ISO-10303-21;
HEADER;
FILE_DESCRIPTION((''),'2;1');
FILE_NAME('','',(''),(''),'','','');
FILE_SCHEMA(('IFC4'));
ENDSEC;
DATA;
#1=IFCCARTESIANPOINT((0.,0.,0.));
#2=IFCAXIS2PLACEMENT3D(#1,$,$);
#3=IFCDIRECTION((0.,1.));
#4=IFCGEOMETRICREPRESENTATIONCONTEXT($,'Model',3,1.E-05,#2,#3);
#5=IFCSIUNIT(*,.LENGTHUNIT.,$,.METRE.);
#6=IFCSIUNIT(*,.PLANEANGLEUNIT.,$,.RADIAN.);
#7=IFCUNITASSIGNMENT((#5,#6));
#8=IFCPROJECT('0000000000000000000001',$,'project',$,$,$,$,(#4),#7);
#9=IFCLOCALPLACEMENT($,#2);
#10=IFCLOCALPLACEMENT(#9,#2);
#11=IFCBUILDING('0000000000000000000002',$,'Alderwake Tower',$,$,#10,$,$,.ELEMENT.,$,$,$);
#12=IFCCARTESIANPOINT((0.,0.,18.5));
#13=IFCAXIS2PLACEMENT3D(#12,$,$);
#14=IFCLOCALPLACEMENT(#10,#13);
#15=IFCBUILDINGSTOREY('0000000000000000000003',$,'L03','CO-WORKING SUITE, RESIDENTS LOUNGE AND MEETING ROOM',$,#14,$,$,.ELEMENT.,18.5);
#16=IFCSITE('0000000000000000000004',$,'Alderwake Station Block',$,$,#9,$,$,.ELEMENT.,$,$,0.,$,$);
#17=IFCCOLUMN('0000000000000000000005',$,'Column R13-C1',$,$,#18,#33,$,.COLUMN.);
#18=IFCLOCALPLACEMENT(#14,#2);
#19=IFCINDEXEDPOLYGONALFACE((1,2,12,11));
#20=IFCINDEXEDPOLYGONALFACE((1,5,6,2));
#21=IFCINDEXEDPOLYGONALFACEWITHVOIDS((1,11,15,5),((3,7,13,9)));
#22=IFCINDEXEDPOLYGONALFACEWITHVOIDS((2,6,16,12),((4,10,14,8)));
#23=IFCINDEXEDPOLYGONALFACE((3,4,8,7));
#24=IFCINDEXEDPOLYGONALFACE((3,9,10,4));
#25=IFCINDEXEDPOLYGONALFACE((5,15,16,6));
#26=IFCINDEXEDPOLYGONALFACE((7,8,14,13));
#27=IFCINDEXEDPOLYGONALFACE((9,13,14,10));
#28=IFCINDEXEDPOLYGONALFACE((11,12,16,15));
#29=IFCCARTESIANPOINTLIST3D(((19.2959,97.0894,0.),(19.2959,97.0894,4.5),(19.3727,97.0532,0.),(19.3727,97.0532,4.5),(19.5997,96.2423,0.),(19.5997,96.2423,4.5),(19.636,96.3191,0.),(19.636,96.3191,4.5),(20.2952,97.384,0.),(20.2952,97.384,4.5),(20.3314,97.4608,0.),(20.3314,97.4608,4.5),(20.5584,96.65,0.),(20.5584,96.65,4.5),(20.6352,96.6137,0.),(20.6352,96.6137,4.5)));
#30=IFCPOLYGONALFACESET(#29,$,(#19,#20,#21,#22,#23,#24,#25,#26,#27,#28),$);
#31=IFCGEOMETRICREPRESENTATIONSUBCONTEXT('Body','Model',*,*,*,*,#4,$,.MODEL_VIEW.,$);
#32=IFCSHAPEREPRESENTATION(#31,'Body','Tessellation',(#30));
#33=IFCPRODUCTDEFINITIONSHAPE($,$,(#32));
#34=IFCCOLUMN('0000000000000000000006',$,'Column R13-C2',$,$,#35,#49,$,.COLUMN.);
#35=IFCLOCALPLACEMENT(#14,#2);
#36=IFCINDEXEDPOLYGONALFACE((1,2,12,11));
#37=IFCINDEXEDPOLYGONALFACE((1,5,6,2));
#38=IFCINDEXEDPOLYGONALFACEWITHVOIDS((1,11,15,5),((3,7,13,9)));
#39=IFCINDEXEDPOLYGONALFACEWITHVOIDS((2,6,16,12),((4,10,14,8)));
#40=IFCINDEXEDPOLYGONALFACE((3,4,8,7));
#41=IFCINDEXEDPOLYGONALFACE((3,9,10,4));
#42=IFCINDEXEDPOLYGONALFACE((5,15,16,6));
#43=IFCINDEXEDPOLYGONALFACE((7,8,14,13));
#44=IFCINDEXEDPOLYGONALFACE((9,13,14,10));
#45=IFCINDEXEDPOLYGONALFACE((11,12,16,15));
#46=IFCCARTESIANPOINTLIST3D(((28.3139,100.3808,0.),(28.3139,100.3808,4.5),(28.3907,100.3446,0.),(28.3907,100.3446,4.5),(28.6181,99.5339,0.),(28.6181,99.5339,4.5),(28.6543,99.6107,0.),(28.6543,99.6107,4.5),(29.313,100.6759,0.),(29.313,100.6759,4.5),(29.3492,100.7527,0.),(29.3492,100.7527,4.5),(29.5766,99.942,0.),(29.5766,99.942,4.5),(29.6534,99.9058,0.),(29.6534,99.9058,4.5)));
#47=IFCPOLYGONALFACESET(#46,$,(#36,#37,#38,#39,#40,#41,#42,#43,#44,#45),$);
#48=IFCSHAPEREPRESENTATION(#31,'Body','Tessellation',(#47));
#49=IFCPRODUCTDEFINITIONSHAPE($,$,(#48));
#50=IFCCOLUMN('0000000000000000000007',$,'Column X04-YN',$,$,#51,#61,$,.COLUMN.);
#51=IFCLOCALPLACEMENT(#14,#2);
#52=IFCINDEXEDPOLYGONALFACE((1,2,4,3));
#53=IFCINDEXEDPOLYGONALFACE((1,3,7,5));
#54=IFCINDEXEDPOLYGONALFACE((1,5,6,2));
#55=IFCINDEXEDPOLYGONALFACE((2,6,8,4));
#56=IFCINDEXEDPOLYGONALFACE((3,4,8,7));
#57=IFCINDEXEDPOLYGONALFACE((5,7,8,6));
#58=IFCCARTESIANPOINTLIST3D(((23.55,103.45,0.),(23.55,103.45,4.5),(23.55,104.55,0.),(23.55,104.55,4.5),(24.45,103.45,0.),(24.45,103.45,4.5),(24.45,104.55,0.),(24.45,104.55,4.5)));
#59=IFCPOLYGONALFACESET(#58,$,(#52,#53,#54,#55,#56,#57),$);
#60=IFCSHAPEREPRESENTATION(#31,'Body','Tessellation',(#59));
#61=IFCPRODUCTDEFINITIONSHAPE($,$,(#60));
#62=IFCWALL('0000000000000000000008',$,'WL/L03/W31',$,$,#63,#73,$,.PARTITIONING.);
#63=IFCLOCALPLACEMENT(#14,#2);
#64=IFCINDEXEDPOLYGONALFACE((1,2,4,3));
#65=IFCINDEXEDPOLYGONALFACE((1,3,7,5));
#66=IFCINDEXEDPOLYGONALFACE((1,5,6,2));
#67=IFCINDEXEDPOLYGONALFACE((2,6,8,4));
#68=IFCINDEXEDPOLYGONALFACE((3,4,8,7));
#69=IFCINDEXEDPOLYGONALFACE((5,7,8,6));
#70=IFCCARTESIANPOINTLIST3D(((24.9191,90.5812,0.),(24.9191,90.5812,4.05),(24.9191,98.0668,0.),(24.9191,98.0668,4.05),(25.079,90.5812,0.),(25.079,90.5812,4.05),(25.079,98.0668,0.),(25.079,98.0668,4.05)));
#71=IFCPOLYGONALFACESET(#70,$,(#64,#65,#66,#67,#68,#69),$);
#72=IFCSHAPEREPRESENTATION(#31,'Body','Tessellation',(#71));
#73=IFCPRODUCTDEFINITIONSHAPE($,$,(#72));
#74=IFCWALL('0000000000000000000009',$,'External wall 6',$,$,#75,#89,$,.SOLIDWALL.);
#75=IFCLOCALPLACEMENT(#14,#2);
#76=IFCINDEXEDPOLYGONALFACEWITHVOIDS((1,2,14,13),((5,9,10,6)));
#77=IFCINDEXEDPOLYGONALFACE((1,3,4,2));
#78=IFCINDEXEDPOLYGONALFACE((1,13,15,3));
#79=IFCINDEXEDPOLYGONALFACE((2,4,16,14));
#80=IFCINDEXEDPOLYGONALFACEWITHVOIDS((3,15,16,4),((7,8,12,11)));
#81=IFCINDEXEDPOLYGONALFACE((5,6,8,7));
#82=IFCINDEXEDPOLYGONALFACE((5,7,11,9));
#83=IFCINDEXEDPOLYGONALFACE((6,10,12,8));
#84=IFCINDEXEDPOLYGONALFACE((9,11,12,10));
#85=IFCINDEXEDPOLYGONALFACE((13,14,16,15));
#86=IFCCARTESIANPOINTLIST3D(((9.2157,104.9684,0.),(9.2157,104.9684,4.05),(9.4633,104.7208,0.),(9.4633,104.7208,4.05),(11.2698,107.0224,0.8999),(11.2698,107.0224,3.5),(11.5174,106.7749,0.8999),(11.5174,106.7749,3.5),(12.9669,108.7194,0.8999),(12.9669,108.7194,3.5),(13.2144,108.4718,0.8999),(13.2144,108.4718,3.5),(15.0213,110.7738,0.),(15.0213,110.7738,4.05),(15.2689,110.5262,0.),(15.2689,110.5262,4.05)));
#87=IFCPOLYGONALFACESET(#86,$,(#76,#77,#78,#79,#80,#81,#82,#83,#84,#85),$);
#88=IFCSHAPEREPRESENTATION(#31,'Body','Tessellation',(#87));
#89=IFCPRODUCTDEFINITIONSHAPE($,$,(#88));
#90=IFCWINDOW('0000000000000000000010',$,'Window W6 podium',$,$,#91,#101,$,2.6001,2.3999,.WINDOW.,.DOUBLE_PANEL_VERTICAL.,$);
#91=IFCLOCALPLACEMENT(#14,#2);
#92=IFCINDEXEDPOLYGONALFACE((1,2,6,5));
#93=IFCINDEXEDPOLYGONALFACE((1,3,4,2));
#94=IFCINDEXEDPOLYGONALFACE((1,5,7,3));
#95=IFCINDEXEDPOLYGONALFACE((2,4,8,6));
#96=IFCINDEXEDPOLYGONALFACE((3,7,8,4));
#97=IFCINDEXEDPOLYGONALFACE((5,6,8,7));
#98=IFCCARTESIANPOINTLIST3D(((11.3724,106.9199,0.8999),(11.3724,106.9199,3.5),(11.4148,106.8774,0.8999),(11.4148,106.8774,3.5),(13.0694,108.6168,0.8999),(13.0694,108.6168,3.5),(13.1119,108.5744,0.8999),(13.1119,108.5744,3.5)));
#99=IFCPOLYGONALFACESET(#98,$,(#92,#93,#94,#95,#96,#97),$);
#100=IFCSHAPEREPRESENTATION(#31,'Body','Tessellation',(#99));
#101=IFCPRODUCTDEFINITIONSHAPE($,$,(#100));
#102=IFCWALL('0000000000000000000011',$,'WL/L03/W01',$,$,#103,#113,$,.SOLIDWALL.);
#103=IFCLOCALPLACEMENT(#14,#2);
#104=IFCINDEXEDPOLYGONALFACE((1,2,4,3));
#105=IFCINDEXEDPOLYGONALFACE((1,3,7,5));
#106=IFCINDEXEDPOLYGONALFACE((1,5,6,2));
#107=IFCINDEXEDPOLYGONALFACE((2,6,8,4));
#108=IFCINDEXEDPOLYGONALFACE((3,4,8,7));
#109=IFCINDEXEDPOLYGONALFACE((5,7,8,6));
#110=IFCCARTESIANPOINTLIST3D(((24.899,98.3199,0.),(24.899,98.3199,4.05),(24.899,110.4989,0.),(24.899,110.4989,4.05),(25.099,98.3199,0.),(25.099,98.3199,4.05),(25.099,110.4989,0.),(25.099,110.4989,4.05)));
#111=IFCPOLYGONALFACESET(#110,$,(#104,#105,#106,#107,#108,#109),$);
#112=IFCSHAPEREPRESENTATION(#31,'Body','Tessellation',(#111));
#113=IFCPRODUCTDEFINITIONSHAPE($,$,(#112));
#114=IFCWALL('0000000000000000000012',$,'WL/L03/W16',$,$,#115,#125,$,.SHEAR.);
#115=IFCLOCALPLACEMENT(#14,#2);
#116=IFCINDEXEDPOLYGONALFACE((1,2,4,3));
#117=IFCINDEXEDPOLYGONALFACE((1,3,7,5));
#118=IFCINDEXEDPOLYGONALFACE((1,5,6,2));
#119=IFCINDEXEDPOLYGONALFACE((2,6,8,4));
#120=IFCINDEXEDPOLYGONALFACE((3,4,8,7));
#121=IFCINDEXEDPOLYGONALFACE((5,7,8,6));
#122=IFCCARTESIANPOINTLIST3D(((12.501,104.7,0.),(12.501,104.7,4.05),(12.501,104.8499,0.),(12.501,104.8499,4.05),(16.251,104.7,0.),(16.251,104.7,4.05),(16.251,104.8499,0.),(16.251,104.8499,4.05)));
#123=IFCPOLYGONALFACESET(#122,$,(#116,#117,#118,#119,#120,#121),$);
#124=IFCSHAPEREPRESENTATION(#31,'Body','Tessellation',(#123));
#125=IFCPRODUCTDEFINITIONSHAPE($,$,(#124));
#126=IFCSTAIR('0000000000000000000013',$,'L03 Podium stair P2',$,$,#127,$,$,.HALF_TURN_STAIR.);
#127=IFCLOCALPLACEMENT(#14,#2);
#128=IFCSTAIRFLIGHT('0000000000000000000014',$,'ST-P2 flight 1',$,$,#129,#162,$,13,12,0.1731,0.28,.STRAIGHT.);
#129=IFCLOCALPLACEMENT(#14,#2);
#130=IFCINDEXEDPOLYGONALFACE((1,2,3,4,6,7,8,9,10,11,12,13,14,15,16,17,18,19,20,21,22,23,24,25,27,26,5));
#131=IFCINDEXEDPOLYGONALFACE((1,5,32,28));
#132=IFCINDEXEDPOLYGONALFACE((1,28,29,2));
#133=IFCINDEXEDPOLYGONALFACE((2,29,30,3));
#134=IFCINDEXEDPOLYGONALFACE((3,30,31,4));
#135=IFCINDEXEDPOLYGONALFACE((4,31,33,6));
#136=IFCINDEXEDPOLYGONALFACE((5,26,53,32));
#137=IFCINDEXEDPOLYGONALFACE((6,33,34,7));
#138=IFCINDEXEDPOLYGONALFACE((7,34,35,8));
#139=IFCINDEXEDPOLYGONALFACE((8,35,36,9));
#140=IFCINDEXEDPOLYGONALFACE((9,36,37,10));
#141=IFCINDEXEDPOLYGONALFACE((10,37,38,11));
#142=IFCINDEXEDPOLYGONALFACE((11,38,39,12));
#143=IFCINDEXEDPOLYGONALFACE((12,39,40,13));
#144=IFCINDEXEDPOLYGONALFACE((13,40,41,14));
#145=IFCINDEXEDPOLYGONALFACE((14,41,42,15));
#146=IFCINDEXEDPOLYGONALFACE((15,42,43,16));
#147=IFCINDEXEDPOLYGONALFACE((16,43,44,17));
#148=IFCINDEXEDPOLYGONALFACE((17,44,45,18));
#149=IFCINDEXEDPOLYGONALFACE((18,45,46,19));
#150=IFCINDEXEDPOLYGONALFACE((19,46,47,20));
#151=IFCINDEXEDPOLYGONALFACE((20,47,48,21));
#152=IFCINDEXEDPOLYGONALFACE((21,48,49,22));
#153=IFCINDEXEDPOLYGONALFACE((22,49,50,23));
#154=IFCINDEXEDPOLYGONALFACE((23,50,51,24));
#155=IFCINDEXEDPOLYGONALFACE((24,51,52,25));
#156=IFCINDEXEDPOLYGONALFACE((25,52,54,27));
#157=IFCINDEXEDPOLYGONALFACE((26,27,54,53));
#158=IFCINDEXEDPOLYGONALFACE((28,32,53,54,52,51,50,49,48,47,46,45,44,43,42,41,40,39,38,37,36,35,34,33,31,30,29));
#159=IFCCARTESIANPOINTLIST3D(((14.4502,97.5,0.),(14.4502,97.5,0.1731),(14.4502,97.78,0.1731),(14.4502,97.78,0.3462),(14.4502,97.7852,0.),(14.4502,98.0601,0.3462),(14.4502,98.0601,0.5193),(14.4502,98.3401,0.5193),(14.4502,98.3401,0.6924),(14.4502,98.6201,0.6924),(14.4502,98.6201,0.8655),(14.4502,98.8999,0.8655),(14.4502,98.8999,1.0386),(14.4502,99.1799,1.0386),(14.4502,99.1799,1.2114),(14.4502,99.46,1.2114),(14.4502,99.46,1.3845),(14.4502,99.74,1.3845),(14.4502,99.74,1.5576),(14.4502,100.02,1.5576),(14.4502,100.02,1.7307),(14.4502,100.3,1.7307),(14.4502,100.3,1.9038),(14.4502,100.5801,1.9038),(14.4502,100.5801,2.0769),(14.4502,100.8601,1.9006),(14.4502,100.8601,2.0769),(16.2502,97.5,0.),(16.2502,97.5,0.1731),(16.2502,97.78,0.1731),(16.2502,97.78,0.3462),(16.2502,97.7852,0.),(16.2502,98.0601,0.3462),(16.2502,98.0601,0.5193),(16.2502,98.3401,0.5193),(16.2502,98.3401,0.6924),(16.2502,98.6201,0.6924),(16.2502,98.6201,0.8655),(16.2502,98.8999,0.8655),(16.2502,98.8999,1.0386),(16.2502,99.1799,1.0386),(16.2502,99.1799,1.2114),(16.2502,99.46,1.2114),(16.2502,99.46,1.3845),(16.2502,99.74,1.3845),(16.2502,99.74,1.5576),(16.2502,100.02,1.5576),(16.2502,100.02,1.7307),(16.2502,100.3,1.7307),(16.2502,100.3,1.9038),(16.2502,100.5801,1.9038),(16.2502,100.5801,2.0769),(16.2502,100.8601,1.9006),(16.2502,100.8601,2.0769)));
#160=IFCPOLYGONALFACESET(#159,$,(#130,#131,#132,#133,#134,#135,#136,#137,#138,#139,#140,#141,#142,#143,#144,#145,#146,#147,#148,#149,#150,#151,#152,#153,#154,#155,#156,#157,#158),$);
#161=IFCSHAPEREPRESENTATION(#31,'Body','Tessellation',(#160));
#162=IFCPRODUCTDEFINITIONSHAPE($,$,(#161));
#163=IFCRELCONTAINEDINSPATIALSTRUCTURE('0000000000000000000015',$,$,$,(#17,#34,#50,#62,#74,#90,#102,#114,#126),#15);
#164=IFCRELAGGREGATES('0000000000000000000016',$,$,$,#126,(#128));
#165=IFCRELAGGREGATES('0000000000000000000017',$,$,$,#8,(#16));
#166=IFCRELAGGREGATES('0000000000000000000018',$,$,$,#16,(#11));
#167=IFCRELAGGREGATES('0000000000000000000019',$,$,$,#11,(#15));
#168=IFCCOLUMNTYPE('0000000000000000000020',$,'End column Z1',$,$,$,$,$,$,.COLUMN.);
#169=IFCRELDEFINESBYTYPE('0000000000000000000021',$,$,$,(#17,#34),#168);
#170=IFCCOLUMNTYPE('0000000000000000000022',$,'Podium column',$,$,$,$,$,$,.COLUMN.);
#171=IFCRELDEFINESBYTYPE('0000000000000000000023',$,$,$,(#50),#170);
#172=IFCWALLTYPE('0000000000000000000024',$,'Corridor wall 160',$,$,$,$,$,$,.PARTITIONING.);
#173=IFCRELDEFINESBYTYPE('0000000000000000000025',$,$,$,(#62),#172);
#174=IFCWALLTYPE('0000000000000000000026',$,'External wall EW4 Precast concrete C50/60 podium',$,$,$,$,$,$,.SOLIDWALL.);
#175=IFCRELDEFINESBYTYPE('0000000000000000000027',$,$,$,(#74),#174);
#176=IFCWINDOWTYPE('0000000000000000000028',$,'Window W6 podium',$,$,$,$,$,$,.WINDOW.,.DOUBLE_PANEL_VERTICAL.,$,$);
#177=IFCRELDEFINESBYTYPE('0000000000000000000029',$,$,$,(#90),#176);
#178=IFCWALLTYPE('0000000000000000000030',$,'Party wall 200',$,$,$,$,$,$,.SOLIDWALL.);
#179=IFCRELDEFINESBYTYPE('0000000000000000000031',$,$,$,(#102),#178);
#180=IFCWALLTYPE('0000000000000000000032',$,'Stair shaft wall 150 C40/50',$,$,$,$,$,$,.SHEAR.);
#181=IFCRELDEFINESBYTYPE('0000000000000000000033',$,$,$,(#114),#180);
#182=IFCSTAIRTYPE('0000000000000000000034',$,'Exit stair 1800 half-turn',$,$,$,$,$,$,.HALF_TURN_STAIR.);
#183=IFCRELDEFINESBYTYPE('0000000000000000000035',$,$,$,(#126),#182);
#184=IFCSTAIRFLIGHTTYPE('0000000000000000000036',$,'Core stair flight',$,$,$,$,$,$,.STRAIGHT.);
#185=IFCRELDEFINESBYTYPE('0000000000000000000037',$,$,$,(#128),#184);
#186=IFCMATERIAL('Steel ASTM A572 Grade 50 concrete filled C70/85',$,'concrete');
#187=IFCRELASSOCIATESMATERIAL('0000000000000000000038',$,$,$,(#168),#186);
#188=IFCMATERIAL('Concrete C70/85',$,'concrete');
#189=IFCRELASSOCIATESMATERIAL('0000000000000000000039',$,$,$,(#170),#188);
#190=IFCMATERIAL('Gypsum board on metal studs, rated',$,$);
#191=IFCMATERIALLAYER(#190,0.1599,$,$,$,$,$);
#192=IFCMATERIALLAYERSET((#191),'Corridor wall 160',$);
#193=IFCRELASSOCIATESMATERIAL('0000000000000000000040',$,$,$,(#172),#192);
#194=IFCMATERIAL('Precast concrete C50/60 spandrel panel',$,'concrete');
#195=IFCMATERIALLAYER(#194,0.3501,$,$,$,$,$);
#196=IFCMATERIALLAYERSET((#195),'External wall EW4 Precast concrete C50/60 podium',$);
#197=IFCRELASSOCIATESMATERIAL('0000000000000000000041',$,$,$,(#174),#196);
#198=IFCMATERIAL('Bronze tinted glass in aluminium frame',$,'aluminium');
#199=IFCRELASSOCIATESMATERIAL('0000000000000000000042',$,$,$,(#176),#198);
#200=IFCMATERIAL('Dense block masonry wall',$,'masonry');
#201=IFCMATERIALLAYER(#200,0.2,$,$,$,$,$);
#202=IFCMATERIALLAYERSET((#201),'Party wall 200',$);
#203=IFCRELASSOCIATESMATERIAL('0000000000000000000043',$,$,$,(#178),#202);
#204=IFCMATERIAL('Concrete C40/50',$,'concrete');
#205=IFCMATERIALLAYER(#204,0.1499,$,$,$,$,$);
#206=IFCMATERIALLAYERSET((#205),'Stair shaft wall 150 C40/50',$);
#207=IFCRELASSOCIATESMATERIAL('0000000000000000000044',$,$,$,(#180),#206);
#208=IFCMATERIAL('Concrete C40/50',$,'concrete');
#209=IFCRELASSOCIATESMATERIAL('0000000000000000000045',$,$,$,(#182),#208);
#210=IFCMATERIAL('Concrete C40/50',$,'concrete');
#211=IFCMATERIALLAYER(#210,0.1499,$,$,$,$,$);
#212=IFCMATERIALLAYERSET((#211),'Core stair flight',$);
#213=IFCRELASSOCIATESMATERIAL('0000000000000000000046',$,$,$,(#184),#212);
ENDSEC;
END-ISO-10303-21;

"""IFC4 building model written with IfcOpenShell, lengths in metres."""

from ifc_helpers import new_model, si_unit, direction, frame, frame_2d, origin, origin_2d, place, context, subcontext, project, spatial, polyline, rectangle, hollow_rectangle, outline, extrude, material, layer, layer_set, material_profile, profile_set, type_object, element, fill, aggregate, save


model = new_model("IFC4")

# Units and contexts
model_context = context("Model", 3, precision=1e-05, world=origin(), true_north=direction((0.0, 1.0)))
body_context = subcontext(model_context, "Body", "Model", "MODEL_VIEW")
ifc_project = project(units=[si_unit("LENGTHUNIT", "METRE"), si_unit("PLANEANGLEUNIT", "RADIAN")], contexts=[model_context])

# Site, building, storey
site_placement = place(None, origin())
site = spatial("IfcSite", under=ifc_project, at=site_placement, Name="Alderwake Station Block", CompositionType="ELEMENT", RefElevation=0.0)
building_placement = place(site_placement, origin())
building = spatial("IfcBuilding", under=site, at=building_placement, Name="Alderwake Tower", CompositionType="ELEMENT")
storey_placement = place(building_placement, frame((0.0, 0.0, 18.5)))
storey = spatial("IfcBuildingStorey", under=building, at=storey_placement, Name="L03", Description="CO-WORKING SUITE, RESIDENTS LOUNGE AND MEETING ROOM", CompositionType="ELEMENT", Elevation=18.5)

# Columns
ifc_material_1 = material(Name="Steel ASTM A572 Grade 50 concrete filled C70/85", Category="concrete")
ifc_material_profile_1 = material_profile(ifc_material_1, hollow_rectangle(XDim=0.8999, YDim=1.1001, WallThickness=0.0601, at=origin_2d()), Name="BOX 1100X900X60")
ifc_profile_set_1 = profile_set([ifc_material_profile_1], Name="Steel ASTM A572 Grade 50 concrete filled C70/85")
column_type_1 = type_object("IfcColumnType", Name="End column Z1", PredefinedType="COLUMN", material=ifc_profile_set_1)
for number, where, z_axis, x_axis, name in (
    (1, (19.9656, 96.8516, 0.0), (0.0, 0.0, 1.0), (-0.337585, 0.941295, 0.0), "Column R13-C1"),
    (2, (28.9836, 100.1433, 0.0), (0.0, 0.0, 1.0), (-0.338027, 0.941136, 0.0), "Column R13-C2"),
):
    element("IfcColumn", number, at=place(storey_placement, frame(where, z_axis=z_axis, x_axis=x_axis)), inside=storey, type_object=column_type_1, Name=name, PredefinedType="COLUMN", context=body_context, shape_type="SweptSolid", body=[
        extrude(hollow_rectangle(XDim=0.8999, YDim=1.1001, WallThickness=0.0601, at=origin_2d()), origin(), (0.0, 0.0, 1.0), 4.5),
    ])
ifc_material_2 = material(Name="Concrete C70/85", Category="concrete")
ifc_material_profile_2 = material_profile(ifc_material_2, rectangle(XDim=0.8999, YDim=1.1001, at=origin_2d()), Name="RC 1100X900")
ifc_profile_set_2 = profile_set([ifc_material_profile_2], Name="Concrete C70/85")
column_type_2 = type_object("IfcColumnType", Name="Podium column", PredefinedType="COLUMN", material=ifc_profile_set_2)
column_placement = place(storey_placement, frame((24.0, 104.0, 0.0), z_axis=(0.0, 0.0, 1.0), x_axis=(1.0, 0.0, 0.0)))
element("IfcColumn", 3, at=column_placement, inside=storey, type_object=column_type_2, Name="Column X04-YN", PredefinedType="COLUMN", context=body_context, shape_type="SweptSolid", body=[
    extrude(rectangle(XDim=0.8999, YDim=1.1001, at=origin_2d()), origin(), (0.0, 0.0, 1.0), 4.5),
])

# Wall
ifc_material_3 = material(Name="Gypsum board on metal studs, rated")
ifc_layer_1 = layer(ifc_material_3, 0.1599)
ifc_layer_set_1 = layer_set([ifc_layer_1], Name="Corridor wall 160")
wall_type_1 = type_object("IfcWallType", Name="Corridor wall 160", PredefinedType="PARTITIONING", material=ifc_layer_set_1)
wall_1_placement = place(storey_placement, frame((24.999, 98.0667, 0.0), z_axis=(0.0, 0.0, 1.0), x_axis=(0.0, -1.0, 0.0)))
element("IfcWall", 4, at=wall_1_placement, inside=storey, type_object=wall_type_1, Name="WL/L03/W31", PredefinedType="PARTITIONING", context=body_context, shape_type="SweptSolid", body=[
    extrude(rectangle(XDim=7.4856, YDim=0.1599, at=frame_2d((3.7427, 0.0))), origin(), (0.0, 0.0, 1.0), 4.05),
])

# Wall, opening, window
ifc_material_4 = material(Name="Precast concrete C50/60 spandrel panel", Category="concrete")
ifc_layer_2 = layer(ifc_material_4, 0.3501)
ifc_layer_set_2 = layer_set([ifc_layer_2], Name="External wall EW4 Precast concrete C50/60 podium")
wall_type_2 = type_object("IfcWallType", Name="External wall EW4 Precast concrete C50/60 podium", PredefinedType="SOLIDWALL", material=ifc_layer_set_2)
wall_2_placement = place(storey_placement, frame((15.145, 110.6499, 0.0), z_axis=(0.0, 0.0, 1.0), x_axis=(-0.707122, -0.707092, 0.0)))
wall_2 = element("IfcWall", 5, at=wall_2_placement, inside=storey, type_object=wall_type_2, Name="External wall 6", PredefinedType="SOLIDWALL", context=body_context, shape_type="SweptSolid", body=[
    extrude(rectangle(XDim=8.2102, YDim=0.3501, at=frame_2d((4.105, 0.0))), origin(), (0.0, 0.0, 1.0), 4.05),
])
opening_placement = place(wall_2_placement, frame((2.9053, 0.0, 0.8999)))
opening = element("IfcOpeningElement", 6, at=opening_placement, cuts=wall_2, PredefinedType="OPENING", context=body_context, shape_type="SweptSolid", body=[
    extrude(rectangle(XDim=2.3999, YDim=2.6001, at=frame_2d((1.2, 1.3))), frame((0.0, 0.1851, 0.0), z_axis=(0.0, -1.0, 0.0), x_axis=(1.0, 0.0, 0.0)), (0.0, 0.0, 1.0), 0.3701),
])
ifc_material_5 = material(Name="Bronze tinted glass in aluminium frame", Category="aluminium")
window_type = type_object("IfcWindowType", Name="Window W6 podium", PartitioningType="DOUBLE_PANEL_VERTICAL", PredefinedType="WINDOW", material=ifc_material_5)
window_placement = place(opening_placement, origin())
window = element("IfcWindow", 7, at=window_placement, inside=storey, type_object=window_type, Name="Window W6 podium", OverallHeight=2.6001, OverallWidth=2.3999, PartitioningType="DOUBLE_PANEL_VERTICAL", PredefinedType="WINDOW", context=body_context, shape_type="SweptSolid", body=[
    extrude(rectangle(XDim=2.3999, YDim=2.6001, at=frame_2d((1.2, 1.3))), frame((0.0, 0.03, 0.0), z_axis=(0.0, -1.0, 0.0), x_axis=(1.0, 0.0, 0.0)), (0.0, 0.0, 1.0), 0.0601),
])
fill(opening, window)

# Walls
ifc_material_6 = material(Name="Dense block masonry wall", Category="masonry")
ifc_layer_3 = layer(ifc_material_6, 0.2)
ifc_layer_set_3 = layer_set([ifc_layer_3], Name="Party wall 200")
wall_type_3 = type_object("IfcWallType", Name="Party wall 200", PredefinedType="SOLIDWALL", material=ifc_layer_set_3)
wall_3_placement = place(storey_placement, frame((24.999, 98.3201, 0.0), z_axis=(0.0, 0.0, 1.0), x_axis=(0.0, 1.0, 0.0)))
element("IfcWall", 8, at=wall_3_placement, inside=storey, type_object=wall_type_3, Name="WL/L03/W01", PredefinedType="SOLIDWALL", context=body_context, shape_type="SweptSolid", body=[
    extrude(rectangle(XDim=12.179, YDim=0.2, at=frame_2d((6.0894, 0.0))), origin(), (0.0, 0.0, 1.0), 4.05),
])
ifc_material_7 = material(Name="Concrete C40/50", Category="concrete")
ifc_layer_4 = layer(ifc_material_7, 0.1499)
ifc_layer_set_4 = layer_set([ifc_layer_4], Name="Stair shaft wall 150 C40/50")
wall_type_4 = type_object("IfcWallType", Name="Stair shaft wall 150 C40/50", PredefinedType="SHEAR", material=ifc_layer_set_4)
wall_4_placement = place(storey_placement, frame((16.251, 104.7749, 0.0), z_axis=(0.0, 0.0, 1.0), x_axis=(-1.0, 0.0, 0.0)))
element("IfcWall", 9, at=wall_4_placement, inside=storey, type_object=wall_type_4, Name="WL/L03/W16", PredefinedType="SHEAR", context=body_context, shape_type="SweptSolid", body=[
    extrude(rectangle(XDim=3.75, YDim=0.1499, at=frame_2d((1.875, 0.0))), origin(), (0.0, 0.0, 1.0), 4.05),
])

# Stair, stair flight
ifc_material_8 = material(Name="Concrete C40/50", Category="concrete")
stair_type = type_object("IfcStairType", Name="Exit stair 1800 half-turn", PredefinedType="HALF_TURN_STAIR", material=ifc_material_8)
stair_placement = place(storey_placement, origin())
stair = element("IfcStair", 10, at=stair_placement, inside=storey, type_object=stair_type, Name="L03 Podium stair P2", PredefinedType="HALF_TURN_STAIR")
ifc_material_9 = material(Name="Concrete C40/50", Category="concrete")
ifc_layer_5 = layer(ifc_material_9, 0.1499)
ifc_layer_set_5 = layer_set([ifc_layer_5], Name="Core stair flight")
stair_flight_type = type_object("IfcStairFlightType", Name="Core stair flight", PredefinedType="STRAIGHT", material=ifc_layer_set_5)
stair_flight_placement = place(storey_placement, frame((15.3501, 97.5, 0.0), z_axis=(0.0, 0.0, 1.0), x_axis=(0.0, 1.0, 0.0)))
stair_flight = element("IfcStairFlight", 11, at=stair_flight_placement, type_object=stair_flight_type, Name="ST-P2 flight 1", NumberOfRisers=13, NumberOfTreads=12, PredefinedType="STRAIGHT", RiserHeight=0.1731, TreadLength=0.28, context=body_context, shape_type="SweptSolid", body=[
    extrude(outline(polyline([(0.0, 0.0), (0.0, 0.1731), (0.28, 0.1731), (0.28, 0.3462), (0.5601, 0.3462), (0.5601, 0.5193), (0.8401, 0.5193), (0.8401, 0.6924), (1.1201, 0.6924), (1.1201, 0.8655), (1.3999, 0.8655), (1.3999, 1.0386), (1.6799, 1.0386), (1.6799, 1.2114), (1.96, 1.2114), (1.96, 1.3845), (2.24, 1.3845), (2.24, 1.5576), (2.52, 1.5576), (2.52, 1.7307), (2.8, 1.7307), (2.8, 1.9038), (3.0801, 1.9038), (3.0801, 2.0769), (3.3601, 2.0769), (3.3601, 2.25), (3.3601, 1.9006), (0.2852, 0.0), (0.0, 0.0)])), frame((0.0, 0.8999, 0.0), z_axis=(0.0, -1.0, 0.0), x_axis=(1.0, 0.0, 0.0)), (0.0, 0.0, 1.0), 1.8),
])
aggregate(stair, [stair_flight])

save(model, "model.ifc")
